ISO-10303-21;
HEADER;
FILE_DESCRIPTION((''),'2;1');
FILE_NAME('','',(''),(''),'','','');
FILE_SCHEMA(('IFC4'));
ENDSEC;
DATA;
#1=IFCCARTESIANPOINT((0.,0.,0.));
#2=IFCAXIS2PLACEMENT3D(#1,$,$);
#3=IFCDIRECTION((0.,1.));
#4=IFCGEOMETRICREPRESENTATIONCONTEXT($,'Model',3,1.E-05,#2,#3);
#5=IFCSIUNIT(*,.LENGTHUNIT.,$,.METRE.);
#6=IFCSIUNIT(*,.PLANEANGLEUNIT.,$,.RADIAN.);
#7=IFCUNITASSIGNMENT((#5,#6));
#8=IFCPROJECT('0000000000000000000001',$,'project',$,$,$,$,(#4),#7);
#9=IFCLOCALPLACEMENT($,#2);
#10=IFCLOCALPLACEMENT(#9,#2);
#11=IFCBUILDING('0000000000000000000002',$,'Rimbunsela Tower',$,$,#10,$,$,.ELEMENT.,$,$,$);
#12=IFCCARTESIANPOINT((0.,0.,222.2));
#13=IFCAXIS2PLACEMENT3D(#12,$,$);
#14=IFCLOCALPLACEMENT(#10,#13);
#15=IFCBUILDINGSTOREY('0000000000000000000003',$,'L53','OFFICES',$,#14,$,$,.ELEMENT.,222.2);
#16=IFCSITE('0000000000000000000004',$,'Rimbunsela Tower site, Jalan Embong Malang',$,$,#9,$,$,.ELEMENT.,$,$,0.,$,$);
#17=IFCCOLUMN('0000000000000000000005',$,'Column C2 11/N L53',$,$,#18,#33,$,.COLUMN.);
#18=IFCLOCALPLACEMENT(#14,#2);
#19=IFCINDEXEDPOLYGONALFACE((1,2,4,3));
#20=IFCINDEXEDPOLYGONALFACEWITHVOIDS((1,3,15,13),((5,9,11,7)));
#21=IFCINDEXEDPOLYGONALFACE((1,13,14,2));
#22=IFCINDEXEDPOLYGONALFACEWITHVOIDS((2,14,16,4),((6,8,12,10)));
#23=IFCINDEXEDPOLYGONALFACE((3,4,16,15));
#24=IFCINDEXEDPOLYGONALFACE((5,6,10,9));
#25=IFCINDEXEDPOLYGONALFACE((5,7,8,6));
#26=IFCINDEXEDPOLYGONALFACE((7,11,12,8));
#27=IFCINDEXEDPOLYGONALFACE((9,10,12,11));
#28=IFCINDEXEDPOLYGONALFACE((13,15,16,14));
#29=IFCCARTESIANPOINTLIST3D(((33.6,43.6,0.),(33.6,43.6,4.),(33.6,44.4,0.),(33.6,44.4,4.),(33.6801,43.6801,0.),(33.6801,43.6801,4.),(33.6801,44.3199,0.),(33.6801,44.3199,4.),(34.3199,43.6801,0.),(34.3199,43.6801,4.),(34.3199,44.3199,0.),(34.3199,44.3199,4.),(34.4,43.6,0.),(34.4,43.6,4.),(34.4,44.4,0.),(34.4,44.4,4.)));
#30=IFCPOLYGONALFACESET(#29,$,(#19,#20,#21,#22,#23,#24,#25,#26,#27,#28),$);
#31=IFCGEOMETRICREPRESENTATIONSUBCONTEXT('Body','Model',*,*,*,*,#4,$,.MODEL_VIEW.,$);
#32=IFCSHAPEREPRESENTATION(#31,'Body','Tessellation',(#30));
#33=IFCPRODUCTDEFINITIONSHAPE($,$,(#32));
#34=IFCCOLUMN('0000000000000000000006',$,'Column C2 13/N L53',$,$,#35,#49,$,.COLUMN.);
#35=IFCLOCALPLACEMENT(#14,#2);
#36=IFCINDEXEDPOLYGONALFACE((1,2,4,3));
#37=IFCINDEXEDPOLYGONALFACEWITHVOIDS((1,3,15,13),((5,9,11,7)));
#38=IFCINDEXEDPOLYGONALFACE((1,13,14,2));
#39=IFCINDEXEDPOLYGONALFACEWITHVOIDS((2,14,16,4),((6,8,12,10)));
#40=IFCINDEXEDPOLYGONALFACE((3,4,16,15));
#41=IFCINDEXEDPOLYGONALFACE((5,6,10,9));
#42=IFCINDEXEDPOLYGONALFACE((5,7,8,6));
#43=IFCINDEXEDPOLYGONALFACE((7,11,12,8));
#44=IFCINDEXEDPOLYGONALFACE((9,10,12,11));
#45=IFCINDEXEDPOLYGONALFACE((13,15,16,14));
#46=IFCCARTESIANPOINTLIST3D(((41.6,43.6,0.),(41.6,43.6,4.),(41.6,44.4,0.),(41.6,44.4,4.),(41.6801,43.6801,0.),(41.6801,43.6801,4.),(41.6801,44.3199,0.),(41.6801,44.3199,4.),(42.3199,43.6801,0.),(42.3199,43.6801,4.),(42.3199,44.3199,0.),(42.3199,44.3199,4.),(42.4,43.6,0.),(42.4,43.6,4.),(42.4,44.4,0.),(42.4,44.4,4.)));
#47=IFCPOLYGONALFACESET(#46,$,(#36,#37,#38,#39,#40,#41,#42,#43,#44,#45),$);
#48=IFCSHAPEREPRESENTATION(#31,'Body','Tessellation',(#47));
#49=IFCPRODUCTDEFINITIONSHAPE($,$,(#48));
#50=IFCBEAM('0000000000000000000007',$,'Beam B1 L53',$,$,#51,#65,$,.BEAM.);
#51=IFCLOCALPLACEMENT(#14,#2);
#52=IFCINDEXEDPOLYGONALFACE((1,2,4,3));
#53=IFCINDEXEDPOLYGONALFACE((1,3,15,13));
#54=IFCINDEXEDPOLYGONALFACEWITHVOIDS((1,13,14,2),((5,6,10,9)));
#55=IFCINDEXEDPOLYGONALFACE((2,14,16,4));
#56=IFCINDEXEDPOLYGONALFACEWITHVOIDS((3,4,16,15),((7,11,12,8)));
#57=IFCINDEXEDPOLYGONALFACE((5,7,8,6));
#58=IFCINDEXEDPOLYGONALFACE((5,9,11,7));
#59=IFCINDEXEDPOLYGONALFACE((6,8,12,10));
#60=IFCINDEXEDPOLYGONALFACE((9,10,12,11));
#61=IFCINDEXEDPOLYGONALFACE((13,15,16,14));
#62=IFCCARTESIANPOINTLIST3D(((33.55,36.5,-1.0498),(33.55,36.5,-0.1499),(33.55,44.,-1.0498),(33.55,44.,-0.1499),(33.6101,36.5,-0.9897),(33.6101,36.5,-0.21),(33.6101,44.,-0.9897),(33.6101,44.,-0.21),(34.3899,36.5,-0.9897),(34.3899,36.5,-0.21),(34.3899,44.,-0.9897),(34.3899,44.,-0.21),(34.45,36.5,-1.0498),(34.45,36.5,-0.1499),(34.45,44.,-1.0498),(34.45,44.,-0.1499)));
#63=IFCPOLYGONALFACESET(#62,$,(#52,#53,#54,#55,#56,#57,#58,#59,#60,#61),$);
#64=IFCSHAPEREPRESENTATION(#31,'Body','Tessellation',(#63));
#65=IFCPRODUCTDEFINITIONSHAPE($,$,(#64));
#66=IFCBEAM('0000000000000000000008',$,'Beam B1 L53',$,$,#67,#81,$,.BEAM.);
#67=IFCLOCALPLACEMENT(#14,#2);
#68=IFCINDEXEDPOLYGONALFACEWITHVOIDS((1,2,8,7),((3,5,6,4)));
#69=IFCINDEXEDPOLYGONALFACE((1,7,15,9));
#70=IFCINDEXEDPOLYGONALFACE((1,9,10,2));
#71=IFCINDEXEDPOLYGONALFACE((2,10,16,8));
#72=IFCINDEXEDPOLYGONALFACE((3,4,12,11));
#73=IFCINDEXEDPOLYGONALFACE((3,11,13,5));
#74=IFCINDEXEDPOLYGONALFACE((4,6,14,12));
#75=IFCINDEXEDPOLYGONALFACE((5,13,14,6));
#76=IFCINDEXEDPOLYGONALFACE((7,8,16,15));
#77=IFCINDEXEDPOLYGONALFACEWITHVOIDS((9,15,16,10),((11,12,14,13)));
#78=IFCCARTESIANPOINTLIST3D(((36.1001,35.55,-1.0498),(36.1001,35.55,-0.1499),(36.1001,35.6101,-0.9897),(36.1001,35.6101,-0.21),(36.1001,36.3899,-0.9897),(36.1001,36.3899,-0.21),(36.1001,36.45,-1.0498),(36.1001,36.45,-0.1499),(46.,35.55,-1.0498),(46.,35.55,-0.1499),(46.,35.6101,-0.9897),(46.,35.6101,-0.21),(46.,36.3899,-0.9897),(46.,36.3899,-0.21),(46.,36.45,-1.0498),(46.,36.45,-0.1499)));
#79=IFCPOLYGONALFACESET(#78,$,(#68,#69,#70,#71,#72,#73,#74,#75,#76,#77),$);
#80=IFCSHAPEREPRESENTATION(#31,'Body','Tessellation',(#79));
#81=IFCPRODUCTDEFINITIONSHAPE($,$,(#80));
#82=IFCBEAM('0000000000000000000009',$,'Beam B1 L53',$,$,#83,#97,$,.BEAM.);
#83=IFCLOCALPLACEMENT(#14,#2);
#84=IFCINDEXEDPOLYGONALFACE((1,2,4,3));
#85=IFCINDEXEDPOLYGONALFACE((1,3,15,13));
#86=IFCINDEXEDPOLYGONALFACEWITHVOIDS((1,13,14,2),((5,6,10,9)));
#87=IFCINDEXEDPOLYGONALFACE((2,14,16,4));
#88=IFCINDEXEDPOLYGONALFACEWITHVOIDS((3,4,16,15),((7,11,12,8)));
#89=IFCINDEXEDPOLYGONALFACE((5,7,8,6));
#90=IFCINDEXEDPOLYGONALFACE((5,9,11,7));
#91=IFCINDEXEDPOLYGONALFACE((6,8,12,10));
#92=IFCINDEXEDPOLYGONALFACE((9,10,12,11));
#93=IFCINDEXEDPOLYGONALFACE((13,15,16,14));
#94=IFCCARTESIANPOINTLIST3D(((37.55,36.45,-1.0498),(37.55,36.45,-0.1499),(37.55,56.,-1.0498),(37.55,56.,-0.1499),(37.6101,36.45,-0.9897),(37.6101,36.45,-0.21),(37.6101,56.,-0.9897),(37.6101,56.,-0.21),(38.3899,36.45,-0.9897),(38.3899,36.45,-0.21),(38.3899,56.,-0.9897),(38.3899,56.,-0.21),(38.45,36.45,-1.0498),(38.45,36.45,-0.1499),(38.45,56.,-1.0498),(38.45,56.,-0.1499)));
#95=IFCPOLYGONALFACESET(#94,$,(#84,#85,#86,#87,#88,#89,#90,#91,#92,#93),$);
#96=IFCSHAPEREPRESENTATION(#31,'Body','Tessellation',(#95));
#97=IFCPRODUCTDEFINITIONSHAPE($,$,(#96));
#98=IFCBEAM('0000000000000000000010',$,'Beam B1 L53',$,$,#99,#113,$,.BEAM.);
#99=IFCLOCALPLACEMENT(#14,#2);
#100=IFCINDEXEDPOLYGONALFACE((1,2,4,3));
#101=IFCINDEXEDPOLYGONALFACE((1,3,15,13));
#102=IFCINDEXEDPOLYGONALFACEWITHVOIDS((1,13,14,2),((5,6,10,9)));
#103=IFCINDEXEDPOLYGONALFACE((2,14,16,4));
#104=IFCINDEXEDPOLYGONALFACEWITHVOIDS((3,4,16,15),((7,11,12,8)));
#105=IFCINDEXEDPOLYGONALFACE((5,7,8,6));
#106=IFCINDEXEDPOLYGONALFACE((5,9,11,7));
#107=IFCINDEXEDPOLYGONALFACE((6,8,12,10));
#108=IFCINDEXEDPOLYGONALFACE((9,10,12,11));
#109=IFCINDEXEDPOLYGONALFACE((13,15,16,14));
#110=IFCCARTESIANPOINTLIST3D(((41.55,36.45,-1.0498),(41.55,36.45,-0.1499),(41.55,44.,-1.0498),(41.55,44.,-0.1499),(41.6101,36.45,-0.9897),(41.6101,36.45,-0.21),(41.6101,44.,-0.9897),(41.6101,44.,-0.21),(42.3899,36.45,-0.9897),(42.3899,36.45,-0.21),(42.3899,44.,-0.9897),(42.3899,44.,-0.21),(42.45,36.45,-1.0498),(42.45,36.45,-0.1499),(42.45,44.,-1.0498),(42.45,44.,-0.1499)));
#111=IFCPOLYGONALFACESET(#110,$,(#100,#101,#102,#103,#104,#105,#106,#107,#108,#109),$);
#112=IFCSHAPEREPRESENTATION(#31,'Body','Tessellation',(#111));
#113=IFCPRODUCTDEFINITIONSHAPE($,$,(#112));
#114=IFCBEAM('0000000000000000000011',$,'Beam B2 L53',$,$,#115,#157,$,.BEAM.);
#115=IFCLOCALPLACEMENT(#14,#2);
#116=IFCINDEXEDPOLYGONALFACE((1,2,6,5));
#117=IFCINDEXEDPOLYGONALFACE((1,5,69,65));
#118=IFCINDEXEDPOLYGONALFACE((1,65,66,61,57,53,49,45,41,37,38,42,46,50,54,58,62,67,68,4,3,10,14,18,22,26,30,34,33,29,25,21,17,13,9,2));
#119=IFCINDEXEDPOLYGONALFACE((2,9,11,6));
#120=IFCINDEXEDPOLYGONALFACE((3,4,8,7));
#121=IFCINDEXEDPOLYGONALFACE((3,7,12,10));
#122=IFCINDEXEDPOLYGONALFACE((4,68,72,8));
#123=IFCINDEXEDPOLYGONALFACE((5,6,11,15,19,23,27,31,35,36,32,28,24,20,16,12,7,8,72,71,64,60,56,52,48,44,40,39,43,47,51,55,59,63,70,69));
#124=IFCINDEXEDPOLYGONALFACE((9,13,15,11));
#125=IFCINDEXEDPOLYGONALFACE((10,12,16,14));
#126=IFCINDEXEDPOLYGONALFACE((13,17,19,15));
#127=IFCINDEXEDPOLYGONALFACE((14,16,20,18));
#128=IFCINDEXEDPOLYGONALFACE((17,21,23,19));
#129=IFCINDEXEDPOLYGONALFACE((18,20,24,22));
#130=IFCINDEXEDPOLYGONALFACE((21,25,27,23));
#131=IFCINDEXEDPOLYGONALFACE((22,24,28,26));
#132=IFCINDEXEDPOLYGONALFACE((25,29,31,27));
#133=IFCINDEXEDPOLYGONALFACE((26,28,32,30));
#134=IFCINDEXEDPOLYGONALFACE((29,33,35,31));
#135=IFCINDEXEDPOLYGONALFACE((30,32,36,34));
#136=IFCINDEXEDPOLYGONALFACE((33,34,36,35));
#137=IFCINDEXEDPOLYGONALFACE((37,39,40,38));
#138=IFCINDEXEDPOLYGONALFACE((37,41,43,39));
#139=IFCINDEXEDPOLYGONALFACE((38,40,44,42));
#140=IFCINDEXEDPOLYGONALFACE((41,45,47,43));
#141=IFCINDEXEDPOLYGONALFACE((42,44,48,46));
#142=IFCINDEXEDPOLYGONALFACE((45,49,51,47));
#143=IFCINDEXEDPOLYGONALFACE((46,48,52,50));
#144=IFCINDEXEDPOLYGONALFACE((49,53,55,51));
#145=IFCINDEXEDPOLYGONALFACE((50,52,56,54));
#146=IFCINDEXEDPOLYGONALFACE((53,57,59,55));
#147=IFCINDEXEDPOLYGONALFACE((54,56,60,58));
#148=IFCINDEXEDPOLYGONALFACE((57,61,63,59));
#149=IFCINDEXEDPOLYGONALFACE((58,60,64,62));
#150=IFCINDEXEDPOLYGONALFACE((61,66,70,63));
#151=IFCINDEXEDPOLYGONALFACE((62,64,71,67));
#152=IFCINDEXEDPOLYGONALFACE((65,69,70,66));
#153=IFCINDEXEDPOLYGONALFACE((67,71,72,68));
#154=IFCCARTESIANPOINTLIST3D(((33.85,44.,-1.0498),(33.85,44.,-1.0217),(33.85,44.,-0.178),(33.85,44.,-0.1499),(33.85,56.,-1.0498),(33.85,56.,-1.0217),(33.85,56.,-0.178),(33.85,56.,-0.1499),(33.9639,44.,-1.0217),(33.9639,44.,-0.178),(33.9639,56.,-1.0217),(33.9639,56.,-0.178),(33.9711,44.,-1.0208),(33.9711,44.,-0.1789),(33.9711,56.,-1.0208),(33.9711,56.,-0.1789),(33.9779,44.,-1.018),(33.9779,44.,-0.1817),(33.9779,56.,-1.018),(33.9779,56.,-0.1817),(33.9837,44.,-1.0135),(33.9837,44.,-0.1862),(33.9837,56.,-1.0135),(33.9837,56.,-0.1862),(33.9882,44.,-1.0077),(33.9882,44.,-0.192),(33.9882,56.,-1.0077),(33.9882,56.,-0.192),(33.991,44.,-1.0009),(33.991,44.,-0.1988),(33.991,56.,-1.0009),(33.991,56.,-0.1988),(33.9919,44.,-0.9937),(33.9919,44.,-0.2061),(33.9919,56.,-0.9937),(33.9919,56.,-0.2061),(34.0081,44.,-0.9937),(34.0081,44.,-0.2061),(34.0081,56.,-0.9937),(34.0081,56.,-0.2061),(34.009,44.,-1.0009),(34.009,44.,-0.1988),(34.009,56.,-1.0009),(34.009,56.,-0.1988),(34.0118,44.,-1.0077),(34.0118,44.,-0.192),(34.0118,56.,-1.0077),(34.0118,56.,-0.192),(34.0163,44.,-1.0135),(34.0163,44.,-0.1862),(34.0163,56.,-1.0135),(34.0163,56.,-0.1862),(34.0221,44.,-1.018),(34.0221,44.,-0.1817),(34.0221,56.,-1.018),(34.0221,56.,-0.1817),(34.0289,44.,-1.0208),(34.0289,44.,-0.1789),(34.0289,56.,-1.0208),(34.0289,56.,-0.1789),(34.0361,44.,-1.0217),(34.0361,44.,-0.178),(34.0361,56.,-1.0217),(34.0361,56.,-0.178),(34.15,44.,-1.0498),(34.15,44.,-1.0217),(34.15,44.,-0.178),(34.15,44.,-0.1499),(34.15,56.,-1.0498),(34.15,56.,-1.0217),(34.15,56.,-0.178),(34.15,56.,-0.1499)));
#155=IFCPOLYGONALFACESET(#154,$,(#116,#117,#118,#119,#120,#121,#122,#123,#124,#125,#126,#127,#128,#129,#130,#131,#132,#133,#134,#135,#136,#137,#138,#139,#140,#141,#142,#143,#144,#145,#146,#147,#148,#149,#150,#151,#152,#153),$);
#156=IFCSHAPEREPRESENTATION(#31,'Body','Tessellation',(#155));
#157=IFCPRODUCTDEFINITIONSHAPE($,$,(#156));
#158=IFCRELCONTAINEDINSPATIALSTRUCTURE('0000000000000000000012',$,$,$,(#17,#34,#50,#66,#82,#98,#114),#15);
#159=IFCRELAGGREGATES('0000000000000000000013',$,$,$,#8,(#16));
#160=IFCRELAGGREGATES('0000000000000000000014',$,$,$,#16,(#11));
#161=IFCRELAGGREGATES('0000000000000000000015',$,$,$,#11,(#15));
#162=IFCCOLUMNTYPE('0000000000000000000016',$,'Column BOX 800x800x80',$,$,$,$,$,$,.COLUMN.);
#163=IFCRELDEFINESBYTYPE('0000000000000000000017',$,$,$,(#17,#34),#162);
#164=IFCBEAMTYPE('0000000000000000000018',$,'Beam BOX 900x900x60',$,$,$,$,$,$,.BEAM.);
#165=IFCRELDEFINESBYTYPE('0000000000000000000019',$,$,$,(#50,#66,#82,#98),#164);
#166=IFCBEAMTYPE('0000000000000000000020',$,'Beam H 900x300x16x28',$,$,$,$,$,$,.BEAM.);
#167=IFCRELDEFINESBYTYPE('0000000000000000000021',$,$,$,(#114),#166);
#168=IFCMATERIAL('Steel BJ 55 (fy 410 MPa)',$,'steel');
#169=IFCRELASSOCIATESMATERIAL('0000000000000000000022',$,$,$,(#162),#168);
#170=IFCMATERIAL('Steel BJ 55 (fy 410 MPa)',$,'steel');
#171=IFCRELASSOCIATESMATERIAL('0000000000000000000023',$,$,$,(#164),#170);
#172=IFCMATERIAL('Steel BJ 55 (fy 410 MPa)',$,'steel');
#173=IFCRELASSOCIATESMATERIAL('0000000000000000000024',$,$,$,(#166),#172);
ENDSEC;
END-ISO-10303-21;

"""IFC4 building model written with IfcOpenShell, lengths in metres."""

from ifc_helpers import new_model, si_unit, direction, frame, origin, origin_2d, place, context, subcontext, project, spatial, hollow_rectangle, i_section, extrude, material, material_profile, profile_set, type_object, element, save


model = new_model("IFC4")

# Units and contexts
model_context = context("Model", 3, precision=1e-05, world=origin(), true_north=direction((0.0, 1.0)))
body_context = subcontext(model_context, "Body", "Model", "MODEL_VIEW")
ifc_project = project(units=[si_unit("LENGTHUNIT", "METRE"), si_unit("PLANEANGLEUNIT", "RADIAN")], contexts=[model_context])

# Site, building, storey
site_placement = place(None, origin())
site = spatial("IfcSite", under=ifc_project, at=site_placement, Name="Rimbunsela Tower site, Jalan Embong Malang", CompositionType="ELEMENT", RefElevation=0.0)
building_placement = place(site_placement, origin())
building = spatial("IfcBuilding", under=site, at=building_placement, Name="Rimbunsela Tower", CompositionType="ELEMENT")
storey_placement = place(building_placement, frame((0.0, 0.0, 222.2)))
storey = spatial("IfcBuildingStorey", under=building, at=storey_placement, Name="L53", Description="OFFICES", CompositionType="ELEMENT", Elevation=222.2)

# Columns
ifc_material_1 = material(Name="Steel BJ 55 (fy 410 MPa)", Category="steel")
ifc_material_profile_1 = material_profile(ifc_material_1, hollow_rectangle(XDim=0.8, YDim=0.8, WallThickness=0.0801, at=origin_2d()), Name="BOX 800x800x80")
ifc_profile_set_1 = profile_set([ifc_material_profile_1], Name="Steel BJ 55 (fy 410 MPa)")
column_type = type_object("IfcColumnType", Name="Column BOX 800x800x80", PredefinedType="COLUMN", material=ifc_profile_set_1)
for number, where, z_axis, x_axis, name in (
    (1, (34.0, 44.0, 0.0), (0.0, 0.0, 1.0), (1.0, 0.0, 0.0), "Column C2 11/N L53"),
    (2, (42.0, 44.0, 0.0), (0.0, 0.0, 1.0), (1.0, 0.0, 0.0), "Column C2 13/N L53"),
):
    element("IfcColumn", number, at=place(storey_placement, frame(where, z_axis=z_axis, x_axis=x_axis)), inside=storey, type_object=column_type, Name=name, PredefinedType="COLUMN", context=body_context, shape_type="SweptSolid", body=[
        extrude(hollow_rectangle(XDim=0.8, YDim=0.8, WallThickness=0.0801, at=origin_2d()), origin(), (0.0, 0.0, 1.0), 4.0),
    ])

# Beams
ifc_material_2 = material(Name="Steel BJ 55 (fy 410 MPa)", Category="steel")
ifc_material_profile_2 = material_profile(ifc_material_2, hollow_rectangle(XDim=0.8999, YDim=0.8999, WallThickness=0.0601, at=origin_2d()), Name="BOX 900x900x60")
ifc_profile_set_2 = profile_set([ifc_material_profile_2], Name="Steel BJ 55 (fy 410 MPa)")
beam_type_1 = type_object("IfcBeamType", Name="Beam BOX 900x900x60", PredefinedType="BEAM", material=ifc_profile_set_2)
beam_1_placement = place(storey_placement, frame((34.0, 36.5, -0.5999), z_axis=(0.0, 1.0, 0.0), x_axis=(-1.0, 0.0, 0.0)))
element("IfcBeam", 3, at=beam_1_placement, inside=storey, type_object=beam_type_1, Name="Beam B1 L53", PredefinedType="BEAM", context=body_context, shape_type="SweptSolid", body=[
    extrude(hollow_rectangle(XDim=0.8999, YDim=0.8999, WallThickness=0.0601, at=origin_2d()), origin(), (0.0, 0.0, 1.0), 7.5),
])
beam_2_placement = place(storey_placement, frame((36.1001, 36.0, -0.5999), z_axis=(1.0, 0.0, 0.0), x_axis=(0.0, 1.0, 0.0)))
element("IfcBeam", 4, at=beam_2_placement, inside=storey, type_object=beam_type_1, Name="Beam B1 L53", PredefinedType="BEAM", context=body_context, shape_type="SweptSolid", body=[
    extrude(hollow_rectangle(XDim=0.8999, YDim=0.8999, WallThickness=0.0601, at=origin_2d()), origin(), (0.0, 0.0, 1.0), 9.8999),
])
beam_3_placement = place(storey_placement, frame((38.0, 36.45, -0.5999), z_axis=(0.0, 1.0, 0.0), x_axis=(-1.0, 0.0, 0.0)))
element("IfcBeam", 5, at=beam_3_placement, inside=storey, type_object=beam_type_1, Name="Beam B1 L53", PredefinedType="BEAM", context=body_context, shape_type="SweptSolid", body=[
    extrude(hollow_rectangle(XDim=0.8999, YDim=0.8999, WallThickness=0.0601, at=origin_2d()), origin(), (0.0, 0.0, 1.0), 19.55),
])
beam_4_placement = place(storey_placement, frame((42.0, 36.45, -0.5999), z_axis=(0.0, 1.0, 0.0), x_axis=(-1.0, 0.0, 0.0)))
element("IfcBeam", 6, at=beam_4_placement, inside=storey, type_object=beam_type_1, Name="Beam B1 L53", PredefinedType="BEAM", context=body_context, shape_type="SweptSolid", body=[
    extrude(hollow_rectangle(XDim=0.8999, YDim=0.8999, WallThickness=0.0601, at=origin_2d()), origin(), (0.0, 0.0, 1.0), 7.55),
])
ifc_material_3 = material(Name="Steel BJ 55 (fy 410 MPa)", Category="steel")
ifc_material_profile_3 = material_profile(ifc_material_3, i_section(OverallWidth=0.3, OverallDepth=0.8999, WebThickness=0.0161, FlangeThickness=0.0281, FilletRadius=0.0281, at=origin_2d()), Name="H 900x300x16x28")
ifc_profile_set_3 = profile_set([ifc_material_profile_3], Name="Steel BJ 55 (fy 410 MPa)")
beam_type_2 = type_object("IfcBeamType", Name="Beam H 900x300x16x28", PredefinedType="BEAM", material=ifc_profile_set_3)
beam_5_placement = place(storey_placement, frame((34.0, 44.0, -0.5999), z_axis=(0.0, 1.0, 0.0), x_axis=(-1.0, 0.0, 0.0)))
element("IfcBeam", 7, at=beam_5_placement, inside=storey, type_object=beam_type_2, Name="Beam B2 L53", PredefinedType="BEAM", context=body_context, shape_type="SweptSolid", body=[
    extrude(i_section(OverallWidth=0.3, OverallDepth=0.8999, WebThickness=0.0161, FlangeThickness=0.0281, FilletRadius=0.0281, at=origin_2d()), origin(), (0.0, 0.0, 1.0), 12.0),
])

save(model, "model.ifc")
